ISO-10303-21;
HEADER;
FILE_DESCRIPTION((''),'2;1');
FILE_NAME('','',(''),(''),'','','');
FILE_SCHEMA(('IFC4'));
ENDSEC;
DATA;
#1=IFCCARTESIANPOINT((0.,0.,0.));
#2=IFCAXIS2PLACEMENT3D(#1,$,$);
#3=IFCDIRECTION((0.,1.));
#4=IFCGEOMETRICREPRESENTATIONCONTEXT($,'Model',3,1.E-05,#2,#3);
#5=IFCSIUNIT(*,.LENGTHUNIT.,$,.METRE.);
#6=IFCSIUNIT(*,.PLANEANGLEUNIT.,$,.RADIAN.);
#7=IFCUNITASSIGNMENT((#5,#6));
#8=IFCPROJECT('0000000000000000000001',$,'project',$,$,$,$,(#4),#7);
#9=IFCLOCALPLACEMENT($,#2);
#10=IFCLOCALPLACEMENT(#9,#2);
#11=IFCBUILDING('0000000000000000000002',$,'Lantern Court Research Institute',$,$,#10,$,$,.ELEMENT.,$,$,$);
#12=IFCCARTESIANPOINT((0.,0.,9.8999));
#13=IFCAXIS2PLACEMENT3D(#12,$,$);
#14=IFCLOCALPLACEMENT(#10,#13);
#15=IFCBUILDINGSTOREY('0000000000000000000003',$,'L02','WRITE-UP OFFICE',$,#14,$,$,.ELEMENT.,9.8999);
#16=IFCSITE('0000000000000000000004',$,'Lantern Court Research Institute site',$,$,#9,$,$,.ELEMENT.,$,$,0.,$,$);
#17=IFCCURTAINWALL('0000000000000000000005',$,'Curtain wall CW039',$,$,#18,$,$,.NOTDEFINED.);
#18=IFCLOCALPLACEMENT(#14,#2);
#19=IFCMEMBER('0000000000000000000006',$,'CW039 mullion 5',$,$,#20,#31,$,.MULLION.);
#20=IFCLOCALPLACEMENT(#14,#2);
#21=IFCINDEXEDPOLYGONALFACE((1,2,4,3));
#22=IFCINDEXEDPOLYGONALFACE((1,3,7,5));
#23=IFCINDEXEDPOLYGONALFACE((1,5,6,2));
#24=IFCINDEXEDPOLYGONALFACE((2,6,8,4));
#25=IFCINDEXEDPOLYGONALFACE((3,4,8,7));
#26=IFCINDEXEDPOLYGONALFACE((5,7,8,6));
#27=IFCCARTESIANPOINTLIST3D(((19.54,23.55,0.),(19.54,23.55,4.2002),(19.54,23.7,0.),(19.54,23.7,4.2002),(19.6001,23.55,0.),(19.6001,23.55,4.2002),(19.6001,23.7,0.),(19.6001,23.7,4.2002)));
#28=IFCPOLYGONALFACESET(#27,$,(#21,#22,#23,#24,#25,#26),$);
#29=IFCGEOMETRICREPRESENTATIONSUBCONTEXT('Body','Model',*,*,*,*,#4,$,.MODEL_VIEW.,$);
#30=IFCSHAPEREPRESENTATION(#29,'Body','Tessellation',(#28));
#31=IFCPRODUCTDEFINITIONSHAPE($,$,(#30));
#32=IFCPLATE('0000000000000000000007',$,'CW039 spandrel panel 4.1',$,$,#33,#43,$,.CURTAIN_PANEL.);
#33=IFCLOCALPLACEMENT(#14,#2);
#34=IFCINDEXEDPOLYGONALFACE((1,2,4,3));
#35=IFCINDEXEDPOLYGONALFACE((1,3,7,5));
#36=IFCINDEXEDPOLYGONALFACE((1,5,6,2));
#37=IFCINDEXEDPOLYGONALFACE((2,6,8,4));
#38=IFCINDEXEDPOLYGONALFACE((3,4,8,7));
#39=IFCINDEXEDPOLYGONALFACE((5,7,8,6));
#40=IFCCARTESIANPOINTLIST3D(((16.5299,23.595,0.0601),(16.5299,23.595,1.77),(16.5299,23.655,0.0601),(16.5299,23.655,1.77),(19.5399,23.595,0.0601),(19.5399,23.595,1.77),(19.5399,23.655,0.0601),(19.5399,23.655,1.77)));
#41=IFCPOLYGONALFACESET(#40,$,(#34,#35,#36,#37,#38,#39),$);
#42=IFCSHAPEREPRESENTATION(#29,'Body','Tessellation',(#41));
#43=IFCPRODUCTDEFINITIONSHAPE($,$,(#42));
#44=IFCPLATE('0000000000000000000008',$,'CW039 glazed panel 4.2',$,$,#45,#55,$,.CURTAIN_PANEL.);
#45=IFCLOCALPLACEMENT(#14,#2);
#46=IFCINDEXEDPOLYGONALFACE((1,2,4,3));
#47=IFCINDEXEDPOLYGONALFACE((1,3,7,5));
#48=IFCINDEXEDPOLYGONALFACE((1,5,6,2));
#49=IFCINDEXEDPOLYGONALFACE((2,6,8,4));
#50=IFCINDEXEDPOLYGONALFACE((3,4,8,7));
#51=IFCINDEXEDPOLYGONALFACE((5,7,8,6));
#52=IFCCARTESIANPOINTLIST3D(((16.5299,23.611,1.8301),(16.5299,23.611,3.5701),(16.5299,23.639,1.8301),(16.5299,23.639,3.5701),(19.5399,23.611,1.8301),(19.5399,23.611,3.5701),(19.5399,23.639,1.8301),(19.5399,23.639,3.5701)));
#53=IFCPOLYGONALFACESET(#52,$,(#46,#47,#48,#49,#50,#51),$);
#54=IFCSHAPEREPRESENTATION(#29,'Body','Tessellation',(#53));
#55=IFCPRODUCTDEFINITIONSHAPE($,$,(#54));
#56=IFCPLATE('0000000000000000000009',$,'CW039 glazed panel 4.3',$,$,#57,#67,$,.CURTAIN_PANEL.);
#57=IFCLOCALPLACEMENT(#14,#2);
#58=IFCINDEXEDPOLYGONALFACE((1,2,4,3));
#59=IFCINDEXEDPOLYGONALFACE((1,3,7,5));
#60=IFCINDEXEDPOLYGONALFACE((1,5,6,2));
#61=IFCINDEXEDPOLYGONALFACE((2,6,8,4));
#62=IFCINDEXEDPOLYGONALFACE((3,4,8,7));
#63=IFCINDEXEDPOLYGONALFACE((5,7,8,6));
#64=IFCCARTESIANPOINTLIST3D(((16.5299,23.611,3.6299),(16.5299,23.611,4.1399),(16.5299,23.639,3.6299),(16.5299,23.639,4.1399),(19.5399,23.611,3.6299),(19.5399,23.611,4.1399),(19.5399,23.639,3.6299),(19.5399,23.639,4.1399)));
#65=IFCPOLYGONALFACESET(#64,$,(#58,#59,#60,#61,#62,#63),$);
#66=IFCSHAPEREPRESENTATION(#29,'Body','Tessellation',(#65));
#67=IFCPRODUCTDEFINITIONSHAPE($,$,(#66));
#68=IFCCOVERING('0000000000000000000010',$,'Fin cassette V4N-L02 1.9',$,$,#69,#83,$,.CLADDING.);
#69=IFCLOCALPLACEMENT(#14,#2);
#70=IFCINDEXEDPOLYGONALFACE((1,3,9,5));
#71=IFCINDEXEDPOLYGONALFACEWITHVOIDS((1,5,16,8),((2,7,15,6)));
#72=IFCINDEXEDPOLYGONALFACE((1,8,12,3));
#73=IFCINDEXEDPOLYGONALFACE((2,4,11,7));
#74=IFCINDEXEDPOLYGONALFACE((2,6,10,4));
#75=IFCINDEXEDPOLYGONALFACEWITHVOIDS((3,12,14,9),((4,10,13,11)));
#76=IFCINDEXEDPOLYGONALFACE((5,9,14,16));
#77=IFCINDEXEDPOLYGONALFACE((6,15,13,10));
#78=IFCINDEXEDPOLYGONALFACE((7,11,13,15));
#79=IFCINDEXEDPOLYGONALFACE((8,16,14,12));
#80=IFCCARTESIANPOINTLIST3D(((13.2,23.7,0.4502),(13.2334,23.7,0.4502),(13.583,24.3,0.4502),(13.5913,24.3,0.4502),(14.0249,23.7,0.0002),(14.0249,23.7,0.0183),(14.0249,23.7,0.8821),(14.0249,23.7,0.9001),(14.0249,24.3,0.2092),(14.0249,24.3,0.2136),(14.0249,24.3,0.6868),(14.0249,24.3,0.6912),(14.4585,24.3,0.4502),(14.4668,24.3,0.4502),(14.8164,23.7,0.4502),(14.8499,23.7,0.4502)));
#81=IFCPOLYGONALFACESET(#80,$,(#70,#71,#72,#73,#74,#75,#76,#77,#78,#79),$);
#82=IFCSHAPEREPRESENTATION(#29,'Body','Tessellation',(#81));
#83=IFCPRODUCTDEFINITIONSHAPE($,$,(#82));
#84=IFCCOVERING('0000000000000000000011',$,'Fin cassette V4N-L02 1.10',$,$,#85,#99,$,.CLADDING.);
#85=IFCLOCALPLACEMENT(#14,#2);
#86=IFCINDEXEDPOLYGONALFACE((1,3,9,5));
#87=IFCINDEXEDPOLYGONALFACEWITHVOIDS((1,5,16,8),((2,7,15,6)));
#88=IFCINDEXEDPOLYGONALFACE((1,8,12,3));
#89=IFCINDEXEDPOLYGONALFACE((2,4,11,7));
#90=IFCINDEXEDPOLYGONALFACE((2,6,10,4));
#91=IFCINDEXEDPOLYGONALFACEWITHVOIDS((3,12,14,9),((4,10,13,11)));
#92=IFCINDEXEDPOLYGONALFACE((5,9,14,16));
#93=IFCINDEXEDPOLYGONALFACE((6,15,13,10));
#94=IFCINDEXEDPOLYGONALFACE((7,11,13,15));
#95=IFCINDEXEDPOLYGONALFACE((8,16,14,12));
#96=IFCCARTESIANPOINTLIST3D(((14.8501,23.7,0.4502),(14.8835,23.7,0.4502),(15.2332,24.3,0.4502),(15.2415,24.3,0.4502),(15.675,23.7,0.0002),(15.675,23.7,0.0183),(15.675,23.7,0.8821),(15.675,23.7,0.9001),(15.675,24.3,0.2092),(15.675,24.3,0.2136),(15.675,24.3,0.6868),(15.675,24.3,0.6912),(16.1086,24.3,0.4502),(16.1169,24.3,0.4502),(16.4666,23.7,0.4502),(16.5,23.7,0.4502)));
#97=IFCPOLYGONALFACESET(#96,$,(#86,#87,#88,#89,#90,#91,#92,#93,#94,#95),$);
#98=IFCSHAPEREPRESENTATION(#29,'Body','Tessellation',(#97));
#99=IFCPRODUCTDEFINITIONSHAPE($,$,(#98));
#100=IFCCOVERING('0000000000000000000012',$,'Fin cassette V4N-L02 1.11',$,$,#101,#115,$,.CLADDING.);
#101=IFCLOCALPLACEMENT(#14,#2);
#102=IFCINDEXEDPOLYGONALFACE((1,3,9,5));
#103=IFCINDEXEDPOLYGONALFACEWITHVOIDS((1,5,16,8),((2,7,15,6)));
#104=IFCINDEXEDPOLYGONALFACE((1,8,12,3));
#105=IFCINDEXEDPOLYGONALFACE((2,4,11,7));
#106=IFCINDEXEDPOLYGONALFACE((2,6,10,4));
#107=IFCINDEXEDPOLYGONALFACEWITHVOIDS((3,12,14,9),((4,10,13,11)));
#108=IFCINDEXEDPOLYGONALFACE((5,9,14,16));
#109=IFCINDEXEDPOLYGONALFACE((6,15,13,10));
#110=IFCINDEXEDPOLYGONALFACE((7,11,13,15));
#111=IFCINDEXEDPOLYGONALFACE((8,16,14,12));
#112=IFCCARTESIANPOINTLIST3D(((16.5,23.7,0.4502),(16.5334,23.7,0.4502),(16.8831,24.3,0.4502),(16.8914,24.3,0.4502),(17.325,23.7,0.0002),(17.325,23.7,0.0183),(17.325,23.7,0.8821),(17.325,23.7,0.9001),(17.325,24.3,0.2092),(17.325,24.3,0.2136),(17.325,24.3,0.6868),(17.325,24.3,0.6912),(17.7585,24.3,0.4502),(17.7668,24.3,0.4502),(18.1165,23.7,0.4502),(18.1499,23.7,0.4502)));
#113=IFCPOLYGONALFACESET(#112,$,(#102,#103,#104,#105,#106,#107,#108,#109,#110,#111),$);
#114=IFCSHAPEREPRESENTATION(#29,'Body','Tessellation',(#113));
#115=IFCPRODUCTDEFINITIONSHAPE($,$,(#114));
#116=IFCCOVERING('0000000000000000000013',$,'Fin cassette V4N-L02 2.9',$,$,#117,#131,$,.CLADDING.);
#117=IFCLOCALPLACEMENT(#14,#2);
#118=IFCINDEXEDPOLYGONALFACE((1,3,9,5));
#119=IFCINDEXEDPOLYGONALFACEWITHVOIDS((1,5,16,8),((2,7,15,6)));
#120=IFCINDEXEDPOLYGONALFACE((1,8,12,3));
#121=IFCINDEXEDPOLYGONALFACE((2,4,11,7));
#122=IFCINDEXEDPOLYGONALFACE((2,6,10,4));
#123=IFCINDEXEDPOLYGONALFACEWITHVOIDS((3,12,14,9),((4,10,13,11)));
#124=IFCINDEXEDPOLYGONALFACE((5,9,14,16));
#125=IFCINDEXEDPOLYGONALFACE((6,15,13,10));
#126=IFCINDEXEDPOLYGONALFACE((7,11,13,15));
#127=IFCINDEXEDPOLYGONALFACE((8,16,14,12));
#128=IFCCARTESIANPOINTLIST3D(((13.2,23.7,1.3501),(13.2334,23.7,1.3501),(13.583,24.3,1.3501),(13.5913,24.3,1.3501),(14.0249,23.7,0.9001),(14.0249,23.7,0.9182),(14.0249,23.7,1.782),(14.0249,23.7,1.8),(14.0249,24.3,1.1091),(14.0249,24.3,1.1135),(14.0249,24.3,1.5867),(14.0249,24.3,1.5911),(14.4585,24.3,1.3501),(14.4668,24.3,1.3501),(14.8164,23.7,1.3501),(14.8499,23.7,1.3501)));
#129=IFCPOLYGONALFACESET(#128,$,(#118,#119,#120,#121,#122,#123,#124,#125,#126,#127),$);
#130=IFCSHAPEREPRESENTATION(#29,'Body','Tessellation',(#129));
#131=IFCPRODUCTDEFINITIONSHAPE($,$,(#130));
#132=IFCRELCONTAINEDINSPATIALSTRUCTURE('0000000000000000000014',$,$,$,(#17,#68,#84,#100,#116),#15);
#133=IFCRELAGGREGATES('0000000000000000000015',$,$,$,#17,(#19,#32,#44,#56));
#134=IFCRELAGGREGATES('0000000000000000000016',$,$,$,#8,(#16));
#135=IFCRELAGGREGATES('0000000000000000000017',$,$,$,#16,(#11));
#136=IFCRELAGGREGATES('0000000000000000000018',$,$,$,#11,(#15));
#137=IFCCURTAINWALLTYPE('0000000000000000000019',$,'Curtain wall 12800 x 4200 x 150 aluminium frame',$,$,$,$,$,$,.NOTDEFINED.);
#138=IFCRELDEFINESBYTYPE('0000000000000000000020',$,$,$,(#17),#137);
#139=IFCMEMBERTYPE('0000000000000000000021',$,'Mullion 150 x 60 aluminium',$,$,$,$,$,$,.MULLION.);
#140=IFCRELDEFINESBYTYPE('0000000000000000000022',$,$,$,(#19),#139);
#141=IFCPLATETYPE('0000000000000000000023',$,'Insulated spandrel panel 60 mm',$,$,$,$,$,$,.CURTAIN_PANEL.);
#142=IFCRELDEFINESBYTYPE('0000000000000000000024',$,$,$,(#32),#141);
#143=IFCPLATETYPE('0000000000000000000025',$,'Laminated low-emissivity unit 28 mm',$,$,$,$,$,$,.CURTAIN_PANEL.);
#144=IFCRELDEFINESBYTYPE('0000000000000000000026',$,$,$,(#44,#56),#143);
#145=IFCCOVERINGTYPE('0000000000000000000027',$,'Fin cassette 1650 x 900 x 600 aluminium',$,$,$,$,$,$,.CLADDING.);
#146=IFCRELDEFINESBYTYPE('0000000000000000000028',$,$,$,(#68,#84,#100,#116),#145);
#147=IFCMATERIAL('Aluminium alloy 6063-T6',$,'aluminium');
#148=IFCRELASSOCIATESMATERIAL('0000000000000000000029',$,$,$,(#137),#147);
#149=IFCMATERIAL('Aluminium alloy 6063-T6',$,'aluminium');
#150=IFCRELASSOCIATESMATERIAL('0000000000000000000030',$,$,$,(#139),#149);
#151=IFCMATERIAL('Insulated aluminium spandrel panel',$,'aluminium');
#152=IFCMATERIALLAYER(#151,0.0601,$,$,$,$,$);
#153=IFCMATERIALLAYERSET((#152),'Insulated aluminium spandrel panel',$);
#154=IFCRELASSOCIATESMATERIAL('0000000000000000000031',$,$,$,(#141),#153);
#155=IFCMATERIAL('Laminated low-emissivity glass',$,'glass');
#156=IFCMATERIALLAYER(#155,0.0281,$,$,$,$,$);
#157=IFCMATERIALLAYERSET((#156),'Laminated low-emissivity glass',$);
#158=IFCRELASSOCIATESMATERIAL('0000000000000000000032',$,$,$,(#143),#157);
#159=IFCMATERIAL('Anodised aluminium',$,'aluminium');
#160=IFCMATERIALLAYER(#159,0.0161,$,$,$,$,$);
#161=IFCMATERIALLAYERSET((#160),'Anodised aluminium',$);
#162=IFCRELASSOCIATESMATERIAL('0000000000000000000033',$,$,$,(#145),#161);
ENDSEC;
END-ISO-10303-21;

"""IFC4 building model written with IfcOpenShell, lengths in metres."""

from ifc_helpers import new_model, entity, si_unit, direction, frame, origin, origin_2d, place, context, subcontext, project, spatial, rectangle, extrude, material, layer, layer_set, material_profile, profile_set, type_object, element, aggregate, save


model = new_model("IFC4")

# Units and contexts
model_context = context("Model", 3, precision=1e-05, world=origin(), true_north=direction((0.0, 1.0)))
body_context = subcontext(model_context, "Body", "Model", "MODEL_VIEW")
ifc_project = project(units=[si_unit("LENGTHUNIT", "METRE"), si_unit("PLANEANGLEUNIT", "RADIAN")], contexts=[model_context])

# Site, building, storey
site_placement = place(None, origin())
site = spatial("IfcSite", under=ifc_project, at=site_placement, Name="Lantern Court Research Institute site", CompositionType="ELEMENT", RefElevation=0.0)
building_placement = place(site_placement, origin())
building = spatial("IfcBuilding", under=site, at=building_placement, Name="Lantern Court Research Institute", CompositionType="ELEMENT")
storey_placement = place(building_placement, frame((0.0, 0.0, 9.8999)))
storey = spatial("IfcBuildingStorey", under=building, at=storey_placement, Name="L02", Description="WRITE-UP OFFICE", CompositionType="ELEMENT", Elevation=9.8999)

# Curtain wall, member, plates
ifc_material_1 = material(Name="Aluminium alloy 6063-T6", Category="aluminium")
curtain_wall_type = type_object("IfcCurtainWallType", Name="Curtain wall 12800 x 4200 x 150 aluminium frame", PredefinedType="NOTDEFINED", material=ifc_material_1)
curtain_wall_placement = place(storey_placement, origin())
curtain_wall = element("IfcCurtainWall", 1, at=curtain_wall_placement, inside=storey, type_object=curtain_wall_type, Name="Curtain wall CW039", PredefinedType="NOTDEFINED")
ifc_material_2 = material(Name="Aluminium alloy 6063-T6", Category="aluminium")
ifc_material_profile = material_profile(ifc_material_2, rectangle(XDim=0.1499, YDim=0.0601, at=origin_2d()), Name="Mullion 150 x 60")
ifc_profile_set = profile_set([ifc_material_profile], Name="Aluminium alloy 6063-T6")
member_type = type_object("IfcMemberType", Name="Mullion 150 x 60 aluminium", PredefinedType="MULLION", material=ifc_profile_set)
member_placement = place(storey_placement, frame((19.5701, 23.625, 0.0), z_axis=(0.0, 0.0, 1.0), x_axis=(0.0, 1.0, 0.0)))
member = element("IfcMember", 2, at=member_placement, type_object=member_type, Name="CW039 mullion 5", PredefinedType="MULLION", context=body_context, shape_type="SweptSolid", body=[
    extrude(rectangle(XDim=0.1499, YDim=0.0601, at=origin_2d()), origin(), (0.0, 0.0, 1.0), 4.2002),
])
ifc_material_3 = material(Name="Insulated aluminium spandrel panel", Category="aluminium")
ifc_layer_1 = layer(ifc_material_3, 0.0601)
ifc_layer_set_1 = layer_set([ifc_layer_1], Name="Insulated aluminium spandrel panel")
plate_type_1 = type_object("IfcPlateType", Name="Insulated spandrel panel 60 mm", PredefinedType="CURTAIN_PANEL", material=ifc_layer_set_1)
plate_1_placement = place(storey_placement, frame((18.0349, 23.625, 0.0601), z_axis=(0.0, 0.0, 1.0), x_axis=(1.0, 0.0, 0.0)))
plate_1 = element("IfcPlate", 3, at=plate_1_placement, type_object=plate_type_1, Name="CW039 spandrel panel 4.1", PredefinedType="CURTAIN_PANEL", context=body_context, shape_type="SweptSolid", body=[
    extrude(rectangle(XDim=3.01, YDim=0.0601, at=origin_2d()), origin(), (0.0, 0.0, 1.0), 1.71),
])
ifc_material_4 = material(Name="Laminated low-emissivity glass", Category="glass")
ifc_layer_2 = layer(ifc_material_4, 0.0281)
ifc_layer_set_2 = layer_set([ifc_layer_2], Name="Laminated low-emissivity glass")
plate_type_2 = type_object("IfcPlateType", Name="Laminated low-emissivity unit 28 mm", PredefinedType="CURTAIN_PANEL", material=ifc_layer_set_2)
plate_2_placement = place(storey_placement, frame((18.0349, 23.625, 1.8301), z_axis=(0.0, 0.0, 1.0), x_axis=(1.0, 0.0, 0.0)))
plate_2 = element("IfcPlate", 4, at=plate_2_placement, type_object=plate_type_2, Name="CW039 glazed panel 4.2", PredefinedType="CURTAIN_PANEL", context=body_context, shape_type="SweptSolid", body=[
    extrude(rectangle(XDim=3.01, YDim=0.0281, at=origin_2d()), origin(), (0.0, 0.0, 1.0), 1.74),
])
plate_3_placement = place(storey_placement, frame((18.0349, 23.625, 3.6299), z_axis=(0.0, 0.0, 1.0), x_axis=(1.0, 0.0, 0.0)))
plate_3 = element("IfcPlate", 5, at=plate_3_placement, type_object=plate_type_2, Name="CW039 glazed panel 4.3", PredefinedType="CURTAIN_PANEL", context=body_context, shape_type="SweptSolid", body=[
    extrude(rectangle(XDim=3.01, YDim=0.0281, at=origin_2d()), origin(), (0.0, 0.0, 1.0), 0.51),
])
aggregate(curtain_wall, [member, plate_1, plate_2, plate_3])

# Coverings
ifc_material_5 = material(Name="Anodised aluminium", Category="aluminium")
ifc_layer_3 = layer(ifc_material_5, 0.0161)
ifc_layer_set_3 = layer_set([ifc_layer_3], Name="Anodised aluminium")
covering_type = type_object("IfcCoveringType", Name="Fin cassette 1650 x 900 x 600 aluminium", PredefinedType="CLADDING", material=ifc_layer_set_3)
covering_1_placement = place(storey_placement, frame((14.0249, 23.7, 0.4502), z_axis=(0.0, 1.0, 0.0), x_axis=(-1.0, 0.0, 0.0)))
cartesian_point_1 = entity("IfcCartesianPoint", [0.825, 0.0])
cartesian_point_2 = entity("IfcCartesianPoint", [0.7915, 0.0])
cartesian_point_3 = entity("IfcCartesianPoint", [0.4419, 0.0])
cartesian_point_4 = entity("IfcCartesianPoint", [0.4336, 0.0])
element("IfcCovering", 6, at=covering_1_placement, inside=storey, type_object=covering_type, Name="Fin cassette V4N-L02 1.9", PredefinedType="CLADDING", context=body_context, shape_type="SweptSolid", body=[
    entity("IfcExtrudedAreaSolidTapered", entity("IfcArbitraryProfileDefWithVoids", "AREA", None, entity("IfcPolyline", [cartesian_point_1, entity("IfcCartesianPoint", [0.0, 0.45]), entity("IfcCartesianPoint", [-0.825, 0.0]), entity("IfcCartesianPoint", [0.0, -0.45]), cartesian_point_1]), [entity("IfcPolyline", [cartesian_point_2, entity("IfcCartesianPoint", [0.0, 0.4319]), entity("IfcCartesianPoint", [-0.7915, 0.0]), entity("IfcCartesianPoint", [0.0, -0.4319]), cartesian_point_2])]), entity("IfcAxis2Placement3D", entity("IfcCartesianPoint", [0.0, 0.0, 0.0])), entity("IfcDirection", [0.0, 0.0, 1.0]), 0.6001, entity("IfcArbitraryProfileDefWithVoids", "AREA", None, entity("IfcPolyline", [cartesian_point_3, entity("IfcCartesianPoint", [0.0, 0.241]), entity("IfcCartesianPoint", [-0.4419, 0.0]), entity("IfcCartesianPoint", [0.0, -0.241]), cartesian_point_3]), [entity("IfcPolyline", [cartesian_point_4, entity("IfcCartesianPoint", [0.0, 0.2366]), entity("IfcCartesianPoint", [-0.4336, 0.0]), entity("IfcCartesianPoint", [0.0, -0.2366]), cartesian_point_4])])),
])
covering_2_placement = place(storey_placement, frame((15.675, 23.7, 0.4502), z_axis=(0.0, 1.0, 0.0), x_axis=(-1.0, 0.0, 0.0)))
cartesian_point_5 = entity("IfcCartesianPoint", [0.825, 0.0])
cartesian_point_6 = entity("IfcCartesianPoint", [0.7915, 0.0])
cartesian_point_7 = entity("IfcCartesianPoint", [0.4419, 0.0])
cartesian_point_8 = entity("IfcCartesianPoint", [0.4336, 0.0])
element("IfcCovering", 7, at=covering_2_placement, inside=storey, type_object=covering_type, Name="Fin cassette V4N-L02 1.10", PredefinedType="CLADDING", context=body_context, shape_type="SweptSolid", body=[
    entity("IfcExtrudedAreaSolidTapered", entity("IfcArbitraryProfileDefWithVoids", "AREA", None, entity("IfcPolyline", [cartesian_point_5, entity("IfcCartesianPoint", [0.0, 0.45]), entity("IfcCartesianPoint", [-0.825, 0.0]), entity("IfcCartesianPoint", [0.0, -0.45]), cartesian_point_5]), [entity("IfcPolyline", [cartesian_point_6, entity("IfcCartesianPoint", [0.0, 0.4319]), entity("IfcCartesianPoint", [-0.7915, 0.0]), entity("IfcCartesianPoint", [0.0, -0.4319]), cartesian_point_6])]), entity("IfcAxis2Placement3D", entity("IfcCartesianPoint", [0.0, 0.0, 0.0])), entity("IfcDirection", [0.0, 0.0, 1.0]), 0.6001, entity("IfcArbitraryProfileDefWithVoids", "AREA", None, entity("IfcPolyline", [cartesian_point_7, entity("IfcCartesianPoint", [0.0, 0.241]), entity("IfcCartesianPoint", [-0.4419, 0.0]), entity("IfcCartesianPoint", [0.0, -0.241]), cartesian_point_7]), [entity("IfcPolyline", [cartesian_point_8, entity("IfcCartesianPoint", [0.0, 0.2366]), entity("IfcCartesianPoint", [-0.4336, 0.0]), entity("IfcCartesianPoint", [0.0, -0.2366]), cartesian_point_8])])),
])
covering_3_placement = place(storey_placement, frame((17.325, 23.7, 0.4502), z_axis=(0.0, 1.0, 0.0), x_axis=(-1.0, 0.0, 0.0)))
cartesian_point_9 = entity("IfcCartesianPoint", [0.825, 0.0])
cartesian_point_10 = entity("IfcCartesianPoint", [0.7915, 0.0])
cartesian_point_11 = entity("IfcCartesianPoint", [0.4419, 0.0])
cartesian_point_12 = entity("IfcCartesianPoint", [0.4336, 0.0])
element("IfcCovering", 8, at=covering_3_placement, inside=storey, type_object=covering_type, Name="Fin cassette V4N-L02 1.11", PredefinedType="CLADDING", context=body_context, shape_type="SweptSolid", body=[
    entity("IfcExtrudedAreaSolidTapered", entity("IfcArbitraryProfileDefWithVoids", "AREA", None, entity("IfcPolyline", [cartesian_point_9, entity("IfcCartesianPoint", [0.0, 0.45]), entity("IfcCartesianPoint", [-0.825, 0.0]), entity("IfcCartesianPoint", [0.0, -0.45]), cartesian_point_9]), [entity("IfcPolyline", [cartesian_point_10, entity("IfcCartesianPoint", [0.0, 0.4319]), entity("IfcCartesianPoint", [-0.7915, 0.0]), entity("IfcCartesianPoint", [0.0, -0.4319]), cartesian_point_10])]), entity("IfcAxis2Placement3D", entity("IfcCartesianPoint", [0.0, 0.0, 0.0])), entity("IfcDirection", [0.0, 0.0, 1.0]), 0.6001, entity("IfcArbitraryProfileDefWithVoids", "AREA", None, entity("IfcPolyline", [cartesian_point_11, entity("IfcCartesianPoint", [0.0, 0.241]), entity("IfcCartesianPoint", [-0.4419, 0.0]), entity("IfcCartesianPoint", [0.0, -0.241]), cartesian_point_11]), [entity("IfcPolyline", [cartesian_point_12, entity("IfcCartesianPoint", [0.0, 0.2366]), entity("IfcCartesianPoint", [-0.4336, 0.0]), entity("IfcCartesianPoint", [0.0, -0.2366]), cartesian_point_12])])),
])
covering_4_placement = place(storey_placement, frame((14.0249, 23.7, 1.3501), z_axis=(0.0, 1.0, 0.0), x_axis=(-1.0, 0.0, 0.0)))
cartesian_point_13 = entity("IfcCartesianPoint", [0.825, 0.0])
cartesian_point_14 = entity("IfcCartesianPoint", [0.7915, 0.0])
cartesian_point_15 = entity("IfcCartesianPoint", [0.4419, 0.0])
cartesian_point_16 = entity("IfcCartesianPoint", [0.4336, 0.0])
element("IfcCovering", 9, at=covering_4_placement, inside=storey, type_object=covering_type, Name="Fin cassette V4N-L02 2.9", PredefinedType="CLADDING", context=body_context, shape_type="SweptSolid", body=[
    entity("IfcExtrudedAreaSolidTapered", entity("IfcArbitraryProfileDefWithVoids", "AREA", None, entity("IfcPolyline", [cartesian_point_13, entity("IfcCartesianPoint", [0.0, 0.45]), entity("IfcCartesianPoint", [-0.825, 0.0]), entity("IfcCartesianPoint", [0.0, -0.45]), cartesian_point_13]), [entity("IfcPolyline", [cartesian_point_14, entity("IfcCartesianPoint", [0.0, 0.4319]), entity("IfcCartesianPoint", [-0.7915, 0.0]), entity("IfcCartesianPoint", [0.0, -0.4319]), cartesian_point_14])]), entity("IfcAxis2Placement3D", entity("IfcCartesianPoint", [0.0, 0.0, 0.0])), entity("IfcDirection", [0.0, 0.0, 1.0]), 0.6001, entity("IfcArbitraryProfileDefWithVoids", "AREA", None, entity("IfcPolyline", [cartesian_point_15, entity("IfcCartesianPoint", [0.0, 0.241]), entity("IfcCartesianPoint", [-0.4419, 0.0]), entity("IfcCartesianPoint", [0.0, -0.241]), cartesian_point_15]), [entity("IfcPolyline", [cartesian_point_16, entity("IfcCartesianPoint", [0.0, 0.2366]), entity("IfcCartesianPoint", [-0.4336, 0.0]), entity("IfcCartesianPoint", [0.0, -0.2366]), cartesian_point_16])])),
])

save(model, "model.ifc")
